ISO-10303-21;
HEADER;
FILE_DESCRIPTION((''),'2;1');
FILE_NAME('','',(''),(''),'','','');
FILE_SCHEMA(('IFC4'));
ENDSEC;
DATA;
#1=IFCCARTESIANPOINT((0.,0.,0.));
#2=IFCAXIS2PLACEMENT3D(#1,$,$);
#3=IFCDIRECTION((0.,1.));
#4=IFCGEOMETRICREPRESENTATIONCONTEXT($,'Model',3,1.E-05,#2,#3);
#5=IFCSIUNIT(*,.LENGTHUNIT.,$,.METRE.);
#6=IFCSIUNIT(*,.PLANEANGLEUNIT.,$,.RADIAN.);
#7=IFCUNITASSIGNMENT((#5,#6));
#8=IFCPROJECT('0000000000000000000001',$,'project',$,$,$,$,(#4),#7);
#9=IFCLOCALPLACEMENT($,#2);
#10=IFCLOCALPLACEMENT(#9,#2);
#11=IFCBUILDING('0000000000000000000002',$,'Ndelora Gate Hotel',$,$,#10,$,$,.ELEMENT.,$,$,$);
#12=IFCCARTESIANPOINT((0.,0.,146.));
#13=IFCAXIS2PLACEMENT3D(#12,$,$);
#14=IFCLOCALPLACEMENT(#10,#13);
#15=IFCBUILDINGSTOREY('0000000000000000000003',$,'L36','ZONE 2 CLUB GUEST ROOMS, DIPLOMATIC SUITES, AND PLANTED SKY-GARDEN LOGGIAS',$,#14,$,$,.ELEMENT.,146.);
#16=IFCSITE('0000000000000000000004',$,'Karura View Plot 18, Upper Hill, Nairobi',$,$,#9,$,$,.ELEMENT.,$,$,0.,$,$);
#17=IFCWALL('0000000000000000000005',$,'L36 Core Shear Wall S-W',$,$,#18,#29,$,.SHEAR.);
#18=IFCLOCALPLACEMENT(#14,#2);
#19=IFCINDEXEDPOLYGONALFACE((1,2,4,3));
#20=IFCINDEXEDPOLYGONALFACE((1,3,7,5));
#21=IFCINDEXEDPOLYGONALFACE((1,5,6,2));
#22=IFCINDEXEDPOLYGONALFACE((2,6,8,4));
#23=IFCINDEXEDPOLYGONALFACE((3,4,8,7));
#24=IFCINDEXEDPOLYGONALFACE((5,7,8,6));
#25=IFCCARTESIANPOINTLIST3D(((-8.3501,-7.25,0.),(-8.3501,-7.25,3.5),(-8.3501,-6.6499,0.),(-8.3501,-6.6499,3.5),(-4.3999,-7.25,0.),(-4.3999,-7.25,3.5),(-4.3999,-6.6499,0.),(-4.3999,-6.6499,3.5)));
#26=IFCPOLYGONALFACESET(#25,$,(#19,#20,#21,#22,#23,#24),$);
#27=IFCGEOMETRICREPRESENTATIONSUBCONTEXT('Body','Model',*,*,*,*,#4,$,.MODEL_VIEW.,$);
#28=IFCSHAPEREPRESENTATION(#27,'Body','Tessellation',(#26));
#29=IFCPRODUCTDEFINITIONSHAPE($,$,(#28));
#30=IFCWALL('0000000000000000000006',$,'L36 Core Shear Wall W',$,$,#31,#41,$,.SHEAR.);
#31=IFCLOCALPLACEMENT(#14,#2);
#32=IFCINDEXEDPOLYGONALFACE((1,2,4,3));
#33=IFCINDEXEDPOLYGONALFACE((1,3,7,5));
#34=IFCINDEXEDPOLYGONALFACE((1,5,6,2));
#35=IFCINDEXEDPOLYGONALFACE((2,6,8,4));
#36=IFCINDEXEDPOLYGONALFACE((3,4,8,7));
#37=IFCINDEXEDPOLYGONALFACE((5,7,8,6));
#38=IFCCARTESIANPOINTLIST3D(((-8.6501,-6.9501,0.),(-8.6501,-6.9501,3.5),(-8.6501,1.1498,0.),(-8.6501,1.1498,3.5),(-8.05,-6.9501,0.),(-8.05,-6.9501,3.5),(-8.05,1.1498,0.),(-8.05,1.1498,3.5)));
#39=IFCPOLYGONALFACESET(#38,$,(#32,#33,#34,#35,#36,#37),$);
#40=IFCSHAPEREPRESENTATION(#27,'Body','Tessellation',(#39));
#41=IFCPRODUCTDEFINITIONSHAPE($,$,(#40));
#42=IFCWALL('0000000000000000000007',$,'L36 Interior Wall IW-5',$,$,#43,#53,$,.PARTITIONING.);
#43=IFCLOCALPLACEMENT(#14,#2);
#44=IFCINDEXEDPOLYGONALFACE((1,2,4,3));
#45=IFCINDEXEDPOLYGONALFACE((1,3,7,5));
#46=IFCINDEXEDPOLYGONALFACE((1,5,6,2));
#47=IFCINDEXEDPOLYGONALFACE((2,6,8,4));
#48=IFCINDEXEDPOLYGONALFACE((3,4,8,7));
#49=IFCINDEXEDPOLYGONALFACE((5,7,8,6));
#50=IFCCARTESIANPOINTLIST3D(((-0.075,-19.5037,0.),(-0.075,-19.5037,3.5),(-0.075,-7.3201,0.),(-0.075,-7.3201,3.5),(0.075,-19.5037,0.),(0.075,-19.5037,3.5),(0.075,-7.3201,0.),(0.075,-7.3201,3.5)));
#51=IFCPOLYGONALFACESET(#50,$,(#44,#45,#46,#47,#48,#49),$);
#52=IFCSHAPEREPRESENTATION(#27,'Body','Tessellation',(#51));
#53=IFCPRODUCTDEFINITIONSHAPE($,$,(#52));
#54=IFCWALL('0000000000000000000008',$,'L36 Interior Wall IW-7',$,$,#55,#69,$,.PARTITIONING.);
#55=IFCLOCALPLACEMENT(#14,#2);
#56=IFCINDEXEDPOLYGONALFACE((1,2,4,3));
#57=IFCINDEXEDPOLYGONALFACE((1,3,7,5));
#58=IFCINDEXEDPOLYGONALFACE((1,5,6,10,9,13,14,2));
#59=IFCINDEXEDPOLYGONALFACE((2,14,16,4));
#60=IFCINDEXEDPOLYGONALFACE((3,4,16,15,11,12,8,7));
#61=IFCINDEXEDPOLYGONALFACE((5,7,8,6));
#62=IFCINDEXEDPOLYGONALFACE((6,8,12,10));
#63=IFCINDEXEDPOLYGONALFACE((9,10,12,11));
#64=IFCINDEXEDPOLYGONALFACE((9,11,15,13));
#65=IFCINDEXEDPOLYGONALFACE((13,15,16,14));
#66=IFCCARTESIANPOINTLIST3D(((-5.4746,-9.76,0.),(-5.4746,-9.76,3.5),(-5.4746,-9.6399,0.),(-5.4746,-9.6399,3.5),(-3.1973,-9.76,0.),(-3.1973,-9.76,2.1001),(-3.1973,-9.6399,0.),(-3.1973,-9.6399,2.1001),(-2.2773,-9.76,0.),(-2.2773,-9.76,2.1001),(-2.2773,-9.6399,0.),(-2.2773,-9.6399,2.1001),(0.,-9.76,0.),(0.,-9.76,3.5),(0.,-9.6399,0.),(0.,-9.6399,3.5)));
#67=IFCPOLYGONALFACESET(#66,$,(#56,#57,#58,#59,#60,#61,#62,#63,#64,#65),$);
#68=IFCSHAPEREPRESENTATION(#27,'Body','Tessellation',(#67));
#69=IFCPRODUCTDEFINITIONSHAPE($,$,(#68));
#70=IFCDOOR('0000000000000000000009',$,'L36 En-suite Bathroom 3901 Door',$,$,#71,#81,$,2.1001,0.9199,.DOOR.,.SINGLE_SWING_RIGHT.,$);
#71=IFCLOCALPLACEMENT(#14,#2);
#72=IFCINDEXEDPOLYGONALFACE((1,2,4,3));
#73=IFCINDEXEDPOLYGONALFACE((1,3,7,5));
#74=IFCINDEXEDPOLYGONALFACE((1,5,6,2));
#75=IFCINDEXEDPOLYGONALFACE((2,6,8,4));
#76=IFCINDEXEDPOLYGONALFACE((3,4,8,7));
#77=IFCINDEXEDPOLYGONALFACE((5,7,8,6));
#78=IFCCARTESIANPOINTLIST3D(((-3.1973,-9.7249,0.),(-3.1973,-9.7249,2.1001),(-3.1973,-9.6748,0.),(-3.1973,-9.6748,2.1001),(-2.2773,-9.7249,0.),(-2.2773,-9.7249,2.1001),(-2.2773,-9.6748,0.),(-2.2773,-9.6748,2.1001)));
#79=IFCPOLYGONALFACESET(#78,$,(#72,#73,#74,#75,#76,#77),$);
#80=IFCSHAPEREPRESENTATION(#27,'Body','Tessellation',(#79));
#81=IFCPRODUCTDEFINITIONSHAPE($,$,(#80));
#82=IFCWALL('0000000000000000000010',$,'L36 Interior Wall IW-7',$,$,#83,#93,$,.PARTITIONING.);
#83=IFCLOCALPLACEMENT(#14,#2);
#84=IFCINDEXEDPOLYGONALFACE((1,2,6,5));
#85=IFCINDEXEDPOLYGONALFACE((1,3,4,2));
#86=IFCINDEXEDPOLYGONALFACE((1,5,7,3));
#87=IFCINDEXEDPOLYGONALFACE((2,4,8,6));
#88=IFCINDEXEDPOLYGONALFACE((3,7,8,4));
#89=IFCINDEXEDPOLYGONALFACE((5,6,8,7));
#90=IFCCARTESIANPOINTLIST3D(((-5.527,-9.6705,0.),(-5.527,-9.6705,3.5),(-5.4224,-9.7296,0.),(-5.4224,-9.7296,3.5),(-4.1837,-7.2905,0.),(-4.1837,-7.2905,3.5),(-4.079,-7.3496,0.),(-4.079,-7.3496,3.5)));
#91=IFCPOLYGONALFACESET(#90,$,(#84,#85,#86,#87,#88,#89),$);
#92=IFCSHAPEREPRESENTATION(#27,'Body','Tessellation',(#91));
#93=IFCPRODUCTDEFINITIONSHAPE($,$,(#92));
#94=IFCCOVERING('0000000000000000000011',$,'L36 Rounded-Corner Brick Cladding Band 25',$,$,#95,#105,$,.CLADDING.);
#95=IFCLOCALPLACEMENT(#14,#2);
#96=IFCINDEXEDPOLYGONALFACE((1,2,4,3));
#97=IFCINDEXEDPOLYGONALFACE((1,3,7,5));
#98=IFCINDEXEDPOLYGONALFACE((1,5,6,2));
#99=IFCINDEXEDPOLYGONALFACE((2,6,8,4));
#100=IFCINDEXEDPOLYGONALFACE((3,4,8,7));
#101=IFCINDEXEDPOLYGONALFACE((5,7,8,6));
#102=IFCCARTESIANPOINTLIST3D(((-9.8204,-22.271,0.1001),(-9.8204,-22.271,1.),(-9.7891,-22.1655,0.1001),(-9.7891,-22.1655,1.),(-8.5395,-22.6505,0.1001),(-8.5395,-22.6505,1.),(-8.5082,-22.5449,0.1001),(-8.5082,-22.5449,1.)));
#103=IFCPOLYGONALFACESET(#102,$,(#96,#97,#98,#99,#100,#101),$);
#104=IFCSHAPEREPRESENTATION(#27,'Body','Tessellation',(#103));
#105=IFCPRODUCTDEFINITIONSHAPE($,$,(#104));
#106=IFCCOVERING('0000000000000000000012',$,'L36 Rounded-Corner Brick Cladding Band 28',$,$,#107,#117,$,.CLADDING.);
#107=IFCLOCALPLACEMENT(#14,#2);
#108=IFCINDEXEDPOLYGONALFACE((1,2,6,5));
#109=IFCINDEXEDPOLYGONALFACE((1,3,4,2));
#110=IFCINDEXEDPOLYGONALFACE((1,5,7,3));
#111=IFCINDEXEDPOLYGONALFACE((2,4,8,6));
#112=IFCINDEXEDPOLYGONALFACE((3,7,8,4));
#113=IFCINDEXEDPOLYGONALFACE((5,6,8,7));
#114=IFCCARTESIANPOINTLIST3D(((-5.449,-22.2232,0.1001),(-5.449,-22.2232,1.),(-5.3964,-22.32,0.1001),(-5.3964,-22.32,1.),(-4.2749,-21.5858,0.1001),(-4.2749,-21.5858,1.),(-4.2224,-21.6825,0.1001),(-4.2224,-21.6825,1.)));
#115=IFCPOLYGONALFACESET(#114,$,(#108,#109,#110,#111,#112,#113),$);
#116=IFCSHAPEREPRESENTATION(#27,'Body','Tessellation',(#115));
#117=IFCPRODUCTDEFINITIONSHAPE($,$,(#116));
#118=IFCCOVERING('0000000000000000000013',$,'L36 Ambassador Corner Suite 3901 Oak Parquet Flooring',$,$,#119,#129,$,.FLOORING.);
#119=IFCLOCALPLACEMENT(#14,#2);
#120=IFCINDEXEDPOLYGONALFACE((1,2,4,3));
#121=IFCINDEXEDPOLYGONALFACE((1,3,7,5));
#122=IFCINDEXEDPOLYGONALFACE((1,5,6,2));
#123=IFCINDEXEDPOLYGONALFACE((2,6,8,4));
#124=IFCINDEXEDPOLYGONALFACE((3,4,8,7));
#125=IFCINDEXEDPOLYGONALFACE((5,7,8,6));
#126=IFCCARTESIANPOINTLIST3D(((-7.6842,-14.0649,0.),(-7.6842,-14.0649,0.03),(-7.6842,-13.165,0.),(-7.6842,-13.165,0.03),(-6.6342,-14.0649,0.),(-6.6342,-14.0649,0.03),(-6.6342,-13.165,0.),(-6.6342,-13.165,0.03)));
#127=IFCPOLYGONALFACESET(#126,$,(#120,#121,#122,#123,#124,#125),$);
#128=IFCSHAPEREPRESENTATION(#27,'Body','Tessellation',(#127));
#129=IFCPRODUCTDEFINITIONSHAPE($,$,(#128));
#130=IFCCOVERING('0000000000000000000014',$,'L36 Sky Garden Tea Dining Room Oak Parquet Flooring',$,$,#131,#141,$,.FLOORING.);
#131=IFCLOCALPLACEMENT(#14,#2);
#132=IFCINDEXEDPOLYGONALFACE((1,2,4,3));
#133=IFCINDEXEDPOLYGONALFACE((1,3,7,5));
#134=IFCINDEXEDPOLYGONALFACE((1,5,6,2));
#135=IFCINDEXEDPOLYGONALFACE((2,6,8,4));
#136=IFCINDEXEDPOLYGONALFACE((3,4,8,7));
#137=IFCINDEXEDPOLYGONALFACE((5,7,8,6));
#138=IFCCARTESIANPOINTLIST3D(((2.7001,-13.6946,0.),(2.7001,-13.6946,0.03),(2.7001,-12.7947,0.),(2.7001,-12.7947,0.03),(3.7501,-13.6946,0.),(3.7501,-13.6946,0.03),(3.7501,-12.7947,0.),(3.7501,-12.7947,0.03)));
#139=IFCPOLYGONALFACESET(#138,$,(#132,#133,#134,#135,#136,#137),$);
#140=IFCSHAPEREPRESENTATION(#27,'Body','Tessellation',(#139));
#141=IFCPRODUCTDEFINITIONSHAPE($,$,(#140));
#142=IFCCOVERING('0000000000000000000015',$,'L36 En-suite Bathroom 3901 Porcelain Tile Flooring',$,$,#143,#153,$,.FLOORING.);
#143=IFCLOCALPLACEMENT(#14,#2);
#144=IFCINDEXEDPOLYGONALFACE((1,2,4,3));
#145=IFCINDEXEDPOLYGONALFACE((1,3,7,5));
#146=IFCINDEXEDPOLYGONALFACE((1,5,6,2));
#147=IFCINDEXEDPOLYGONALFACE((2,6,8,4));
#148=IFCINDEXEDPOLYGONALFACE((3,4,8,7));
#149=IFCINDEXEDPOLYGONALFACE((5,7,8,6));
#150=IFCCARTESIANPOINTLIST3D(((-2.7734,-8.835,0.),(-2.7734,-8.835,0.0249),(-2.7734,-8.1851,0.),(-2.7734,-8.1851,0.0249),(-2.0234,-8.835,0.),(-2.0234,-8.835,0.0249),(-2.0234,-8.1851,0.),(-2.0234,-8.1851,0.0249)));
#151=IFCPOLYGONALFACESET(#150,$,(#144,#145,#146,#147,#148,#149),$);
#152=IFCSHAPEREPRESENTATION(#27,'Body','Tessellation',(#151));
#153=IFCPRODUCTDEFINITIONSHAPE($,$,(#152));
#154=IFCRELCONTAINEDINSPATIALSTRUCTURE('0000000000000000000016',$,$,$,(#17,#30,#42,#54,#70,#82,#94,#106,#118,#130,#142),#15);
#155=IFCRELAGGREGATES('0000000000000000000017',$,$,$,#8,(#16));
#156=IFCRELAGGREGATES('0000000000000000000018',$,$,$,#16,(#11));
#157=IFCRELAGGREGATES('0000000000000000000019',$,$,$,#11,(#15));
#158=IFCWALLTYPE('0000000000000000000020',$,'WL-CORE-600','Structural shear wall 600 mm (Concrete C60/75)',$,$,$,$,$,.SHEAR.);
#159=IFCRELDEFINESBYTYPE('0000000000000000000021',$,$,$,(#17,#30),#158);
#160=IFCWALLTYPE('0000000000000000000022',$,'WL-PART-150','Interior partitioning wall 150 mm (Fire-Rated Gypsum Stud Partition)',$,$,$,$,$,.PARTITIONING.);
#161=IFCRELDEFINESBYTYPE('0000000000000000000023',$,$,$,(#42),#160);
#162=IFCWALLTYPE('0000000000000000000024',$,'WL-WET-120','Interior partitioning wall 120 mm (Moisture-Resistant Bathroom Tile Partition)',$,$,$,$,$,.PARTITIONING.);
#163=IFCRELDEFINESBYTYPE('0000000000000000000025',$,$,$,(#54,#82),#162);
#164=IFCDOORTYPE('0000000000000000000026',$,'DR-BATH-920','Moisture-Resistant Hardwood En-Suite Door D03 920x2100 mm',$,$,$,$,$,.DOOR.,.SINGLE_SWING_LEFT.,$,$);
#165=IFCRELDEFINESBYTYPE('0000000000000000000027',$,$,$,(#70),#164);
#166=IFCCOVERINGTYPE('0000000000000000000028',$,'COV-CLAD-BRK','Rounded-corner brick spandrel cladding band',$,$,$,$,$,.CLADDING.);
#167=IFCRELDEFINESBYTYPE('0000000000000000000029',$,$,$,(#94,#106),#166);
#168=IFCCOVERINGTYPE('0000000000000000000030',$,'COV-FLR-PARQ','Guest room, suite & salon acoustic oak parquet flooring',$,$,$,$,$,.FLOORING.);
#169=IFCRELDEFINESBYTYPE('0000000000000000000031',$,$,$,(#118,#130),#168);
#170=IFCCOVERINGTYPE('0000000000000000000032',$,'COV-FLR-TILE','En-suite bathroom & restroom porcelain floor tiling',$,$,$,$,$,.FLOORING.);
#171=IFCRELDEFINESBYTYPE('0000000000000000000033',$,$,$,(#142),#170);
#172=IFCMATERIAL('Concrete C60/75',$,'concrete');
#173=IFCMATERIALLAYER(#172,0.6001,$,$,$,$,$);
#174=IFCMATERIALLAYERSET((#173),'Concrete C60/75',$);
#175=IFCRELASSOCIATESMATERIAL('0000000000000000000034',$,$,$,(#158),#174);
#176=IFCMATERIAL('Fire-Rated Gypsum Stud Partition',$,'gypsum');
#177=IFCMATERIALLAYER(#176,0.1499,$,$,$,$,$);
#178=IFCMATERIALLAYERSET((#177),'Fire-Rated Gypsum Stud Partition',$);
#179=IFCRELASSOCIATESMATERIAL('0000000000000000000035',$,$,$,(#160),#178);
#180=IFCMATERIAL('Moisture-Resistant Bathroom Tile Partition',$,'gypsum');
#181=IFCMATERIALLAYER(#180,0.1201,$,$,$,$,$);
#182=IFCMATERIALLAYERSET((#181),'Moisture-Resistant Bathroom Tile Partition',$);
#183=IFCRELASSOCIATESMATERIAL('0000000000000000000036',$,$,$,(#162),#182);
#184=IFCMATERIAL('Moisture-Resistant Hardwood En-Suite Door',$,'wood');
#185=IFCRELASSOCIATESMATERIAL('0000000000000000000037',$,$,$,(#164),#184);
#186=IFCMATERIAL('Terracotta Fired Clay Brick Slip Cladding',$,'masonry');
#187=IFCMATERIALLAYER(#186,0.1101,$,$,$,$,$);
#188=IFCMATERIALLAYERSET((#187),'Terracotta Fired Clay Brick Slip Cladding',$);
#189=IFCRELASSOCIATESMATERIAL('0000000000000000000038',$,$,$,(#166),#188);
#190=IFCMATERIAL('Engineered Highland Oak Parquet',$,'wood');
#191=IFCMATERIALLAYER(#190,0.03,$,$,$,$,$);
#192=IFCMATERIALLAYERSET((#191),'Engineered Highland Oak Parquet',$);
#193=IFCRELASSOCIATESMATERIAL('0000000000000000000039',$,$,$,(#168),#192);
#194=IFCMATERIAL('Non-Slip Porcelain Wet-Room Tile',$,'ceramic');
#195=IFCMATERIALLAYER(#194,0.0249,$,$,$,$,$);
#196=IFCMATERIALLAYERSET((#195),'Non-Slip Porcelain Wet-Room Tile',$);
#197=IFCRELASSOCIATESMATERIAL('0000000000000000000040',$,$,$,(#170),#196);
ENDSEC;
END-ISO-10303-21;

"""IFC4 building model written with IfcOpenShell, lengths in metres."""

from ifc_helpers import new_model, si_unit, direction, frame, frame_2d, origin, origin_2d, place, context, subcontext, project, spatial, rectangle, extrude, material, layer, layer_set, type_object, element, fill, save


model = new_model("IFC4")

# Units and contexts
model_context = context("Model", 3, precision=1e-05, world=origin(), true_north=direction((0.0, 1.0)))
body_context = subcontext(model_context, "Body", "Model", "MODEL_VIEW")
ifc_project = project(units=[si_unit("LENGTHUNIT", "METRE"), si_unit("PLANEANGLEUNIT", "RADIAN")], contexts=[model_context])

# Site, building, storey
site_placement = place(None, origin())
site = spatial("IfcSite", under=ifc_project, at=site_placement, Name="Karura View Plot 18, Upper Hill, Nairobi", CompositionType="ELEMENT", RefElevation=0.0)
building_placement = place(site_placement, origin())
building = spatial("IfcBuilding", under=site, at=building_placement, Name="Ndelora Gate Hotel", CompositionType="ELEMENT")
storey_placement = place(building_placement, frame((0.0, 0.0, 146.0)))
storey = spatial("IfcBuildingStorey", under=building, at=storey_placement, Name="L36", Description="ZONE 2 CLUB GUEST ROOMS, DIPLOMATIC SUITES, AND PLANTED SKY-GARDEN LOGGIAS", CompositionType="ELEMENT", Elevation=146.0)

# Shared definitions
ifc_material_1 = material(Name="Concrete C60/75", Category="concrete")

# Walls
ifc_layer_1 = layer(ifc_material_1, 0.6001)
ifc_layer_set_1 = layer_set([ifc_layer_1], Name="Concrete C60/75")
wall_type_1 = type_object("IfcWallType", Name="WL-CORE-600", Description="Structural shear wall 600 mm (Concrete C60/75)", PredefinedType="SHEAR", material=ifc_layer_set_1)
wall_1_placement = place(storey_placement, frame((-8.3501, -6.95, 0.0), z_axis=(0.0, 0.0, 1.0), x_axis=(1.0, 0.0, 0.0)))
element("IfcWall", 1, at=wall_1_placement, inside=storey, type_object=wall_type_1, Name="L36 Core Shear Wall S-W", PredefinedType="SHEAR", context=body_context, shape_type="SweptSolid", body=[
    extrude(rectangle(XDim=3.9502, YDim=0.6001, at=frame_2d((1.9751, 0.0))), origin(), (0.0, 0.0, 1.0), 3.5),
])
wall_2_placement = place(storey_placement, frame((-8.3501, -6.95, 0.0), z_axis=(0.0, 0.0, 1.0), x_axis=(0.0, 1.0, 0.0)))
element("IfcWall", 2, at=wall_2_placement, inside=storey, type_object=wall_type_1, Name="L36 Core Shear Wall W", PredefinedType="SHEAR", context=body_context, shape_type="SweptSolid", body=[
    extrude(rectangle(XDim=8.0999, YDim=0.6001, at=frame_2d((4.0498, 0.0))), origin(), (0.0, 0.0, 1.0), 3.5),
])
ifc_material_2 = material(Name="Fire-Rated Gypsum Stud Partition", Category="gypsum")
ifc_layer_2 = layer(ifc_material_2, 0.1499)
ifc_layer_set_2 = layer_set([ifc_layer_2], Name="Fire-Rated Gypsum Stud Partition")
wall_type_2 = type_object("IfcWallType", Name="WL-PART-150", Description="Interior partitioning wall 150 mm (Fire-Rated Gypsum Stud Partition)", PredefinedType="PARTITIONING", material=ifc_layer_set_2)
wall_3_placement = place(storey_placement, frame((0.0, -7.3201, 0.0), z_axis=(0.0, 0.0, 1.0), x_axis=(0.0, -1.0, 0.0)))
element("IfcWall", 3, at=wall_3_placement, inside=storey, type_object=wall_type_2, Name="L36 Interior Wall IW-5", PredefinedType="PARTITIONING", context=body_context, shape_type="SweptSolid", body=[
    extrude(rectangle(XDim=12.1836, YDim=0.1499, at=frame_2d((6.0918, 0.0))), origin(), (0.0, 0.0, 1.0), 3.5),
])

# Wall, opening, door
ifc_material_3 = material(Name="Moisture-Resistant Bathroom Tile Partition", Category="gypsum")
ifc_layer_3 = layer(ifc_material_3, 0.1201)
ifc_layer_set_3 = layer_set([ifc_layer_3], Name="Moisture-Resistant Bathroom Tile Partition")
wall_type_3 = type_object("IfcWallType", Name="WL-WET-120", Description="Interior partitioning wall 120 mm (Moisture-Resistant Bathroom Tile Partition)", PredefinedType="PARTITIONING", material=ifc_layer_set_3)
wall_4_placement = place(storey_placement, frame((0.0, -9.7, 0.0), z_axis=(0.0, 0.0, 1.0), x_axis=(-1.0, 0.0, 0.0)))
wall_4 = element("IfcWall", 4, at=wall_4_placement, inside=storey, type_object=wall_type_3, Name="L36 Interior Wall IW-7", PredefinedType="PARTITIONING", context=body_context, shape_type="SweptSolid", body=[
    extrude(rectangle(XDim=5.4746, YDim=0.1201, at=frame_2d((2.7373, 0.0))), origin(), (0.0, 0.0, 1.0), 3.5),
])
opening_1_placement = place(wall_4_placement, frame((2.2773, 0.0, 0.0)))
opening_1 = element("IfcOpeningElement", 5, at=opening_1_placement, cuts=wall_4, PredefinedType="OPENING", context=body_context, shape_type="SweptSolid", body=[
    extrude(rectangle(XDim=0.9199, YDim=2.1001, at=frame_2d((0.46, 1.05))), frame((0.0, 0.0701, 0.0), z_axis=(0.0, -1.0, 0.0), x_axis=(1.0, 0.0, 0.0)), (0.0, 0.0, 1.0), 0.1401),
])
ifc_material_4 = material(Name="Moisture-Resistant Hardwood En-Suite Door", Category="wood")
door_type = type_object("IfcDoorType", Name="DR-BATH-920", Description="Moisture-Resistant Hardwood En-Suite Door D03 920x2100 mm", OperationType="SINGLE_SWING_LEFT", PredefinedType="DOOR", material=ifc_material_4)
door_placement = place(opening_1_placement, origin())
door = element("IfcDoor", 6, at=door_placement, inside=storey, type_object=door_type, Name="L36 En-suite Bathroom 3901 Door", OperationType="SINGLE_SWING_RIGHT", OverallHeight=2.1001, OverallWidth=0.9199, PredefinedType="DOOR", context=body_context, shape_type="SweptSolid", body=[
    extrude(rectangle(XDim=0.9199, YDim=2.1001, at=frame_2d((0.46, 1.05))), frame((0.0, 0.0249, 0.0), z_axis=(0.0, -1.0, 0.0), x_axis=(1.0, 0.0, 0.0)), (0.0, 0.0, 1.0), 0.05),
])
fill(opening_1, door)

# Wall
wall_5_placement = place(storey_placement, frame((-4.1313, -7.3201, 0.0), z_axis=(0.0, 0.0, 1.0), x_axis=(-0.491533, -0.870859, 0.0)))
element("IfcWall", 7, at=wall_5_placement, inside=storey, type_object=wall_type_3, Name="L36 Interior Wall IW-7", PredefinedType="PARTITIONING", context=body_context, shape_type="SweptSolid", body=[
    extrude(rectangle(XDim=2.7329, YDim=0.1201, at=frame_2d((1.3665, 0.0))), origin(), (0.0, 0.0, 1.0), 3.5),
])

# Coverings
ifc_material_5 = material(Name="Terracotta Fired Clay Brick Slip Cladding", Category="masonry")
ifc_layer_4 = layer(ifc_material_5, 0.1101)
ifc_layer_set_4 = layer_set([ifc_layer_4], Name="Terracotta Fired Clay Brick Slip Cladding")
covering_type_1 = type_object("IfcCoveringType", Name="COV-CLAD-BRK", Description="Rounded-corner brick spandrel cladding band", PredefinedType="CLADDING", material=ifc_layer_set_4)
for number, where, z_axis, x_axis, name in (
    (8, (-9.1643, -22.408, 0.1001), (0.0, 0.0, 1.0), (-0.95882, 0.284015, 0.0), "L36 Rounded-Corner Brick Cladding Band 25"),
    (9, (-4.8357, -21.9529, 0.1001), (0.0, 0.0, 1.0), (0.878817, 0.477159, 0.0), "L36 Rounded-Corner Brick Cladding Band 28"),
):
    element("IfcCovering", number, at=place(storey_placement, frame(where, z_axis=z_axis, x_axis=x_axis)), inside=storey, type_object=covering_type_1, Name=name, PredefinedType="CLADDING", context=body_context, shape_type="SweptSolid", body=[
        extrude(rectangle(XDim=1.3359, YDim=0.1101, at=origin_2d()), origin(), (0.0, 0.0, 1.0), 0.8999),
    ])
ifc_material_6 = material(Name="Engineered Highland Oak Parquet", Category="wood")
ifc_layer_5 = layer(ifc_material_6, 0.03)
ifc_layer_set_5 = layer_set([ifc_layer_5], Name="Engineered Highland Oak Parquet")
covering_type_2 = type_object("IfcCoveringType", Name="COV-FLR-PARQ", Description="Guest room, suite & salon acoustic oak parquet flooring", PredefinedType="FLOORING", material=ifc_layer_set_5)
for number, where, z_axis, x_axis, name in (
    (10, (-7.1592, -13.615, 0.0), (0.0, 0.0, 1.0), (1.0, 0.0, 0.0), "L36 Ambassador Corner Suite 3901 Oak Parquet Flooring"),
    (11, (3.2251, -13.2446, 0.0), (0.0, 0.0, 1.0), (1.0, 0.0, 0.0), "L36 Sky Garden Tea Dining Room Oak Parquet Flooring"),
):
    element("IfcCovering", number, at=place(storey_placement, frame(where, z_axis=z_axis, x_axis=x_axis)), inside=storey, type_object=covering_type_2, Name=name, PredefinedType="FLOORING", context=body_context, shape_type="SweptSolid", body=[
        extrude(rectangle(XDim=1.05, YDim=0.8999, at=origin_2d()), origin(), (0.0, 0.0, 1.0), 0.03),
    ])
ifc_material_7 = material(Name="Non-Slip Porcelain Wet-Room Tile", Category="ceramic")
ifc_layer_6 = layer(ifc_material_7, 0.0249)
ifc_layer_set_6 = layer_set([ifc_layer_6], Name="Non-Slip Porcelain Wet-Room Tile")
covering_type_3 = type_object("IfcCoveringType", Name="COV-FLR-TILE", Description="En-suite bathroom & restroom porcelain floor tiling", PredefinedType="FLOORING", material=ifc_layer_set_6)
covering_placement = place(storey_placement, frame((-2.3984, -8.51, 0.0), z_axis=(0.0, 0.0, 1.0), x_axis=(1.0, 0.0, 0.0)))
element("IfcCovering", 12, at=covering_placement, inside=storey, type_object=covering_type_3, Name="L36 En-suite Bathroom 3901 Porcelain Tile Flooring", PredefinedType="FLOORING", context=body_context, shape_type="SweptSolid", body=[
    extrude(rectangle(XDim=0.75, YDim=0.6499, at=origin_2d()), origin(), (0.0, 0.0, 1.0), 0.0249),
])

save(model, "model.ifc")
